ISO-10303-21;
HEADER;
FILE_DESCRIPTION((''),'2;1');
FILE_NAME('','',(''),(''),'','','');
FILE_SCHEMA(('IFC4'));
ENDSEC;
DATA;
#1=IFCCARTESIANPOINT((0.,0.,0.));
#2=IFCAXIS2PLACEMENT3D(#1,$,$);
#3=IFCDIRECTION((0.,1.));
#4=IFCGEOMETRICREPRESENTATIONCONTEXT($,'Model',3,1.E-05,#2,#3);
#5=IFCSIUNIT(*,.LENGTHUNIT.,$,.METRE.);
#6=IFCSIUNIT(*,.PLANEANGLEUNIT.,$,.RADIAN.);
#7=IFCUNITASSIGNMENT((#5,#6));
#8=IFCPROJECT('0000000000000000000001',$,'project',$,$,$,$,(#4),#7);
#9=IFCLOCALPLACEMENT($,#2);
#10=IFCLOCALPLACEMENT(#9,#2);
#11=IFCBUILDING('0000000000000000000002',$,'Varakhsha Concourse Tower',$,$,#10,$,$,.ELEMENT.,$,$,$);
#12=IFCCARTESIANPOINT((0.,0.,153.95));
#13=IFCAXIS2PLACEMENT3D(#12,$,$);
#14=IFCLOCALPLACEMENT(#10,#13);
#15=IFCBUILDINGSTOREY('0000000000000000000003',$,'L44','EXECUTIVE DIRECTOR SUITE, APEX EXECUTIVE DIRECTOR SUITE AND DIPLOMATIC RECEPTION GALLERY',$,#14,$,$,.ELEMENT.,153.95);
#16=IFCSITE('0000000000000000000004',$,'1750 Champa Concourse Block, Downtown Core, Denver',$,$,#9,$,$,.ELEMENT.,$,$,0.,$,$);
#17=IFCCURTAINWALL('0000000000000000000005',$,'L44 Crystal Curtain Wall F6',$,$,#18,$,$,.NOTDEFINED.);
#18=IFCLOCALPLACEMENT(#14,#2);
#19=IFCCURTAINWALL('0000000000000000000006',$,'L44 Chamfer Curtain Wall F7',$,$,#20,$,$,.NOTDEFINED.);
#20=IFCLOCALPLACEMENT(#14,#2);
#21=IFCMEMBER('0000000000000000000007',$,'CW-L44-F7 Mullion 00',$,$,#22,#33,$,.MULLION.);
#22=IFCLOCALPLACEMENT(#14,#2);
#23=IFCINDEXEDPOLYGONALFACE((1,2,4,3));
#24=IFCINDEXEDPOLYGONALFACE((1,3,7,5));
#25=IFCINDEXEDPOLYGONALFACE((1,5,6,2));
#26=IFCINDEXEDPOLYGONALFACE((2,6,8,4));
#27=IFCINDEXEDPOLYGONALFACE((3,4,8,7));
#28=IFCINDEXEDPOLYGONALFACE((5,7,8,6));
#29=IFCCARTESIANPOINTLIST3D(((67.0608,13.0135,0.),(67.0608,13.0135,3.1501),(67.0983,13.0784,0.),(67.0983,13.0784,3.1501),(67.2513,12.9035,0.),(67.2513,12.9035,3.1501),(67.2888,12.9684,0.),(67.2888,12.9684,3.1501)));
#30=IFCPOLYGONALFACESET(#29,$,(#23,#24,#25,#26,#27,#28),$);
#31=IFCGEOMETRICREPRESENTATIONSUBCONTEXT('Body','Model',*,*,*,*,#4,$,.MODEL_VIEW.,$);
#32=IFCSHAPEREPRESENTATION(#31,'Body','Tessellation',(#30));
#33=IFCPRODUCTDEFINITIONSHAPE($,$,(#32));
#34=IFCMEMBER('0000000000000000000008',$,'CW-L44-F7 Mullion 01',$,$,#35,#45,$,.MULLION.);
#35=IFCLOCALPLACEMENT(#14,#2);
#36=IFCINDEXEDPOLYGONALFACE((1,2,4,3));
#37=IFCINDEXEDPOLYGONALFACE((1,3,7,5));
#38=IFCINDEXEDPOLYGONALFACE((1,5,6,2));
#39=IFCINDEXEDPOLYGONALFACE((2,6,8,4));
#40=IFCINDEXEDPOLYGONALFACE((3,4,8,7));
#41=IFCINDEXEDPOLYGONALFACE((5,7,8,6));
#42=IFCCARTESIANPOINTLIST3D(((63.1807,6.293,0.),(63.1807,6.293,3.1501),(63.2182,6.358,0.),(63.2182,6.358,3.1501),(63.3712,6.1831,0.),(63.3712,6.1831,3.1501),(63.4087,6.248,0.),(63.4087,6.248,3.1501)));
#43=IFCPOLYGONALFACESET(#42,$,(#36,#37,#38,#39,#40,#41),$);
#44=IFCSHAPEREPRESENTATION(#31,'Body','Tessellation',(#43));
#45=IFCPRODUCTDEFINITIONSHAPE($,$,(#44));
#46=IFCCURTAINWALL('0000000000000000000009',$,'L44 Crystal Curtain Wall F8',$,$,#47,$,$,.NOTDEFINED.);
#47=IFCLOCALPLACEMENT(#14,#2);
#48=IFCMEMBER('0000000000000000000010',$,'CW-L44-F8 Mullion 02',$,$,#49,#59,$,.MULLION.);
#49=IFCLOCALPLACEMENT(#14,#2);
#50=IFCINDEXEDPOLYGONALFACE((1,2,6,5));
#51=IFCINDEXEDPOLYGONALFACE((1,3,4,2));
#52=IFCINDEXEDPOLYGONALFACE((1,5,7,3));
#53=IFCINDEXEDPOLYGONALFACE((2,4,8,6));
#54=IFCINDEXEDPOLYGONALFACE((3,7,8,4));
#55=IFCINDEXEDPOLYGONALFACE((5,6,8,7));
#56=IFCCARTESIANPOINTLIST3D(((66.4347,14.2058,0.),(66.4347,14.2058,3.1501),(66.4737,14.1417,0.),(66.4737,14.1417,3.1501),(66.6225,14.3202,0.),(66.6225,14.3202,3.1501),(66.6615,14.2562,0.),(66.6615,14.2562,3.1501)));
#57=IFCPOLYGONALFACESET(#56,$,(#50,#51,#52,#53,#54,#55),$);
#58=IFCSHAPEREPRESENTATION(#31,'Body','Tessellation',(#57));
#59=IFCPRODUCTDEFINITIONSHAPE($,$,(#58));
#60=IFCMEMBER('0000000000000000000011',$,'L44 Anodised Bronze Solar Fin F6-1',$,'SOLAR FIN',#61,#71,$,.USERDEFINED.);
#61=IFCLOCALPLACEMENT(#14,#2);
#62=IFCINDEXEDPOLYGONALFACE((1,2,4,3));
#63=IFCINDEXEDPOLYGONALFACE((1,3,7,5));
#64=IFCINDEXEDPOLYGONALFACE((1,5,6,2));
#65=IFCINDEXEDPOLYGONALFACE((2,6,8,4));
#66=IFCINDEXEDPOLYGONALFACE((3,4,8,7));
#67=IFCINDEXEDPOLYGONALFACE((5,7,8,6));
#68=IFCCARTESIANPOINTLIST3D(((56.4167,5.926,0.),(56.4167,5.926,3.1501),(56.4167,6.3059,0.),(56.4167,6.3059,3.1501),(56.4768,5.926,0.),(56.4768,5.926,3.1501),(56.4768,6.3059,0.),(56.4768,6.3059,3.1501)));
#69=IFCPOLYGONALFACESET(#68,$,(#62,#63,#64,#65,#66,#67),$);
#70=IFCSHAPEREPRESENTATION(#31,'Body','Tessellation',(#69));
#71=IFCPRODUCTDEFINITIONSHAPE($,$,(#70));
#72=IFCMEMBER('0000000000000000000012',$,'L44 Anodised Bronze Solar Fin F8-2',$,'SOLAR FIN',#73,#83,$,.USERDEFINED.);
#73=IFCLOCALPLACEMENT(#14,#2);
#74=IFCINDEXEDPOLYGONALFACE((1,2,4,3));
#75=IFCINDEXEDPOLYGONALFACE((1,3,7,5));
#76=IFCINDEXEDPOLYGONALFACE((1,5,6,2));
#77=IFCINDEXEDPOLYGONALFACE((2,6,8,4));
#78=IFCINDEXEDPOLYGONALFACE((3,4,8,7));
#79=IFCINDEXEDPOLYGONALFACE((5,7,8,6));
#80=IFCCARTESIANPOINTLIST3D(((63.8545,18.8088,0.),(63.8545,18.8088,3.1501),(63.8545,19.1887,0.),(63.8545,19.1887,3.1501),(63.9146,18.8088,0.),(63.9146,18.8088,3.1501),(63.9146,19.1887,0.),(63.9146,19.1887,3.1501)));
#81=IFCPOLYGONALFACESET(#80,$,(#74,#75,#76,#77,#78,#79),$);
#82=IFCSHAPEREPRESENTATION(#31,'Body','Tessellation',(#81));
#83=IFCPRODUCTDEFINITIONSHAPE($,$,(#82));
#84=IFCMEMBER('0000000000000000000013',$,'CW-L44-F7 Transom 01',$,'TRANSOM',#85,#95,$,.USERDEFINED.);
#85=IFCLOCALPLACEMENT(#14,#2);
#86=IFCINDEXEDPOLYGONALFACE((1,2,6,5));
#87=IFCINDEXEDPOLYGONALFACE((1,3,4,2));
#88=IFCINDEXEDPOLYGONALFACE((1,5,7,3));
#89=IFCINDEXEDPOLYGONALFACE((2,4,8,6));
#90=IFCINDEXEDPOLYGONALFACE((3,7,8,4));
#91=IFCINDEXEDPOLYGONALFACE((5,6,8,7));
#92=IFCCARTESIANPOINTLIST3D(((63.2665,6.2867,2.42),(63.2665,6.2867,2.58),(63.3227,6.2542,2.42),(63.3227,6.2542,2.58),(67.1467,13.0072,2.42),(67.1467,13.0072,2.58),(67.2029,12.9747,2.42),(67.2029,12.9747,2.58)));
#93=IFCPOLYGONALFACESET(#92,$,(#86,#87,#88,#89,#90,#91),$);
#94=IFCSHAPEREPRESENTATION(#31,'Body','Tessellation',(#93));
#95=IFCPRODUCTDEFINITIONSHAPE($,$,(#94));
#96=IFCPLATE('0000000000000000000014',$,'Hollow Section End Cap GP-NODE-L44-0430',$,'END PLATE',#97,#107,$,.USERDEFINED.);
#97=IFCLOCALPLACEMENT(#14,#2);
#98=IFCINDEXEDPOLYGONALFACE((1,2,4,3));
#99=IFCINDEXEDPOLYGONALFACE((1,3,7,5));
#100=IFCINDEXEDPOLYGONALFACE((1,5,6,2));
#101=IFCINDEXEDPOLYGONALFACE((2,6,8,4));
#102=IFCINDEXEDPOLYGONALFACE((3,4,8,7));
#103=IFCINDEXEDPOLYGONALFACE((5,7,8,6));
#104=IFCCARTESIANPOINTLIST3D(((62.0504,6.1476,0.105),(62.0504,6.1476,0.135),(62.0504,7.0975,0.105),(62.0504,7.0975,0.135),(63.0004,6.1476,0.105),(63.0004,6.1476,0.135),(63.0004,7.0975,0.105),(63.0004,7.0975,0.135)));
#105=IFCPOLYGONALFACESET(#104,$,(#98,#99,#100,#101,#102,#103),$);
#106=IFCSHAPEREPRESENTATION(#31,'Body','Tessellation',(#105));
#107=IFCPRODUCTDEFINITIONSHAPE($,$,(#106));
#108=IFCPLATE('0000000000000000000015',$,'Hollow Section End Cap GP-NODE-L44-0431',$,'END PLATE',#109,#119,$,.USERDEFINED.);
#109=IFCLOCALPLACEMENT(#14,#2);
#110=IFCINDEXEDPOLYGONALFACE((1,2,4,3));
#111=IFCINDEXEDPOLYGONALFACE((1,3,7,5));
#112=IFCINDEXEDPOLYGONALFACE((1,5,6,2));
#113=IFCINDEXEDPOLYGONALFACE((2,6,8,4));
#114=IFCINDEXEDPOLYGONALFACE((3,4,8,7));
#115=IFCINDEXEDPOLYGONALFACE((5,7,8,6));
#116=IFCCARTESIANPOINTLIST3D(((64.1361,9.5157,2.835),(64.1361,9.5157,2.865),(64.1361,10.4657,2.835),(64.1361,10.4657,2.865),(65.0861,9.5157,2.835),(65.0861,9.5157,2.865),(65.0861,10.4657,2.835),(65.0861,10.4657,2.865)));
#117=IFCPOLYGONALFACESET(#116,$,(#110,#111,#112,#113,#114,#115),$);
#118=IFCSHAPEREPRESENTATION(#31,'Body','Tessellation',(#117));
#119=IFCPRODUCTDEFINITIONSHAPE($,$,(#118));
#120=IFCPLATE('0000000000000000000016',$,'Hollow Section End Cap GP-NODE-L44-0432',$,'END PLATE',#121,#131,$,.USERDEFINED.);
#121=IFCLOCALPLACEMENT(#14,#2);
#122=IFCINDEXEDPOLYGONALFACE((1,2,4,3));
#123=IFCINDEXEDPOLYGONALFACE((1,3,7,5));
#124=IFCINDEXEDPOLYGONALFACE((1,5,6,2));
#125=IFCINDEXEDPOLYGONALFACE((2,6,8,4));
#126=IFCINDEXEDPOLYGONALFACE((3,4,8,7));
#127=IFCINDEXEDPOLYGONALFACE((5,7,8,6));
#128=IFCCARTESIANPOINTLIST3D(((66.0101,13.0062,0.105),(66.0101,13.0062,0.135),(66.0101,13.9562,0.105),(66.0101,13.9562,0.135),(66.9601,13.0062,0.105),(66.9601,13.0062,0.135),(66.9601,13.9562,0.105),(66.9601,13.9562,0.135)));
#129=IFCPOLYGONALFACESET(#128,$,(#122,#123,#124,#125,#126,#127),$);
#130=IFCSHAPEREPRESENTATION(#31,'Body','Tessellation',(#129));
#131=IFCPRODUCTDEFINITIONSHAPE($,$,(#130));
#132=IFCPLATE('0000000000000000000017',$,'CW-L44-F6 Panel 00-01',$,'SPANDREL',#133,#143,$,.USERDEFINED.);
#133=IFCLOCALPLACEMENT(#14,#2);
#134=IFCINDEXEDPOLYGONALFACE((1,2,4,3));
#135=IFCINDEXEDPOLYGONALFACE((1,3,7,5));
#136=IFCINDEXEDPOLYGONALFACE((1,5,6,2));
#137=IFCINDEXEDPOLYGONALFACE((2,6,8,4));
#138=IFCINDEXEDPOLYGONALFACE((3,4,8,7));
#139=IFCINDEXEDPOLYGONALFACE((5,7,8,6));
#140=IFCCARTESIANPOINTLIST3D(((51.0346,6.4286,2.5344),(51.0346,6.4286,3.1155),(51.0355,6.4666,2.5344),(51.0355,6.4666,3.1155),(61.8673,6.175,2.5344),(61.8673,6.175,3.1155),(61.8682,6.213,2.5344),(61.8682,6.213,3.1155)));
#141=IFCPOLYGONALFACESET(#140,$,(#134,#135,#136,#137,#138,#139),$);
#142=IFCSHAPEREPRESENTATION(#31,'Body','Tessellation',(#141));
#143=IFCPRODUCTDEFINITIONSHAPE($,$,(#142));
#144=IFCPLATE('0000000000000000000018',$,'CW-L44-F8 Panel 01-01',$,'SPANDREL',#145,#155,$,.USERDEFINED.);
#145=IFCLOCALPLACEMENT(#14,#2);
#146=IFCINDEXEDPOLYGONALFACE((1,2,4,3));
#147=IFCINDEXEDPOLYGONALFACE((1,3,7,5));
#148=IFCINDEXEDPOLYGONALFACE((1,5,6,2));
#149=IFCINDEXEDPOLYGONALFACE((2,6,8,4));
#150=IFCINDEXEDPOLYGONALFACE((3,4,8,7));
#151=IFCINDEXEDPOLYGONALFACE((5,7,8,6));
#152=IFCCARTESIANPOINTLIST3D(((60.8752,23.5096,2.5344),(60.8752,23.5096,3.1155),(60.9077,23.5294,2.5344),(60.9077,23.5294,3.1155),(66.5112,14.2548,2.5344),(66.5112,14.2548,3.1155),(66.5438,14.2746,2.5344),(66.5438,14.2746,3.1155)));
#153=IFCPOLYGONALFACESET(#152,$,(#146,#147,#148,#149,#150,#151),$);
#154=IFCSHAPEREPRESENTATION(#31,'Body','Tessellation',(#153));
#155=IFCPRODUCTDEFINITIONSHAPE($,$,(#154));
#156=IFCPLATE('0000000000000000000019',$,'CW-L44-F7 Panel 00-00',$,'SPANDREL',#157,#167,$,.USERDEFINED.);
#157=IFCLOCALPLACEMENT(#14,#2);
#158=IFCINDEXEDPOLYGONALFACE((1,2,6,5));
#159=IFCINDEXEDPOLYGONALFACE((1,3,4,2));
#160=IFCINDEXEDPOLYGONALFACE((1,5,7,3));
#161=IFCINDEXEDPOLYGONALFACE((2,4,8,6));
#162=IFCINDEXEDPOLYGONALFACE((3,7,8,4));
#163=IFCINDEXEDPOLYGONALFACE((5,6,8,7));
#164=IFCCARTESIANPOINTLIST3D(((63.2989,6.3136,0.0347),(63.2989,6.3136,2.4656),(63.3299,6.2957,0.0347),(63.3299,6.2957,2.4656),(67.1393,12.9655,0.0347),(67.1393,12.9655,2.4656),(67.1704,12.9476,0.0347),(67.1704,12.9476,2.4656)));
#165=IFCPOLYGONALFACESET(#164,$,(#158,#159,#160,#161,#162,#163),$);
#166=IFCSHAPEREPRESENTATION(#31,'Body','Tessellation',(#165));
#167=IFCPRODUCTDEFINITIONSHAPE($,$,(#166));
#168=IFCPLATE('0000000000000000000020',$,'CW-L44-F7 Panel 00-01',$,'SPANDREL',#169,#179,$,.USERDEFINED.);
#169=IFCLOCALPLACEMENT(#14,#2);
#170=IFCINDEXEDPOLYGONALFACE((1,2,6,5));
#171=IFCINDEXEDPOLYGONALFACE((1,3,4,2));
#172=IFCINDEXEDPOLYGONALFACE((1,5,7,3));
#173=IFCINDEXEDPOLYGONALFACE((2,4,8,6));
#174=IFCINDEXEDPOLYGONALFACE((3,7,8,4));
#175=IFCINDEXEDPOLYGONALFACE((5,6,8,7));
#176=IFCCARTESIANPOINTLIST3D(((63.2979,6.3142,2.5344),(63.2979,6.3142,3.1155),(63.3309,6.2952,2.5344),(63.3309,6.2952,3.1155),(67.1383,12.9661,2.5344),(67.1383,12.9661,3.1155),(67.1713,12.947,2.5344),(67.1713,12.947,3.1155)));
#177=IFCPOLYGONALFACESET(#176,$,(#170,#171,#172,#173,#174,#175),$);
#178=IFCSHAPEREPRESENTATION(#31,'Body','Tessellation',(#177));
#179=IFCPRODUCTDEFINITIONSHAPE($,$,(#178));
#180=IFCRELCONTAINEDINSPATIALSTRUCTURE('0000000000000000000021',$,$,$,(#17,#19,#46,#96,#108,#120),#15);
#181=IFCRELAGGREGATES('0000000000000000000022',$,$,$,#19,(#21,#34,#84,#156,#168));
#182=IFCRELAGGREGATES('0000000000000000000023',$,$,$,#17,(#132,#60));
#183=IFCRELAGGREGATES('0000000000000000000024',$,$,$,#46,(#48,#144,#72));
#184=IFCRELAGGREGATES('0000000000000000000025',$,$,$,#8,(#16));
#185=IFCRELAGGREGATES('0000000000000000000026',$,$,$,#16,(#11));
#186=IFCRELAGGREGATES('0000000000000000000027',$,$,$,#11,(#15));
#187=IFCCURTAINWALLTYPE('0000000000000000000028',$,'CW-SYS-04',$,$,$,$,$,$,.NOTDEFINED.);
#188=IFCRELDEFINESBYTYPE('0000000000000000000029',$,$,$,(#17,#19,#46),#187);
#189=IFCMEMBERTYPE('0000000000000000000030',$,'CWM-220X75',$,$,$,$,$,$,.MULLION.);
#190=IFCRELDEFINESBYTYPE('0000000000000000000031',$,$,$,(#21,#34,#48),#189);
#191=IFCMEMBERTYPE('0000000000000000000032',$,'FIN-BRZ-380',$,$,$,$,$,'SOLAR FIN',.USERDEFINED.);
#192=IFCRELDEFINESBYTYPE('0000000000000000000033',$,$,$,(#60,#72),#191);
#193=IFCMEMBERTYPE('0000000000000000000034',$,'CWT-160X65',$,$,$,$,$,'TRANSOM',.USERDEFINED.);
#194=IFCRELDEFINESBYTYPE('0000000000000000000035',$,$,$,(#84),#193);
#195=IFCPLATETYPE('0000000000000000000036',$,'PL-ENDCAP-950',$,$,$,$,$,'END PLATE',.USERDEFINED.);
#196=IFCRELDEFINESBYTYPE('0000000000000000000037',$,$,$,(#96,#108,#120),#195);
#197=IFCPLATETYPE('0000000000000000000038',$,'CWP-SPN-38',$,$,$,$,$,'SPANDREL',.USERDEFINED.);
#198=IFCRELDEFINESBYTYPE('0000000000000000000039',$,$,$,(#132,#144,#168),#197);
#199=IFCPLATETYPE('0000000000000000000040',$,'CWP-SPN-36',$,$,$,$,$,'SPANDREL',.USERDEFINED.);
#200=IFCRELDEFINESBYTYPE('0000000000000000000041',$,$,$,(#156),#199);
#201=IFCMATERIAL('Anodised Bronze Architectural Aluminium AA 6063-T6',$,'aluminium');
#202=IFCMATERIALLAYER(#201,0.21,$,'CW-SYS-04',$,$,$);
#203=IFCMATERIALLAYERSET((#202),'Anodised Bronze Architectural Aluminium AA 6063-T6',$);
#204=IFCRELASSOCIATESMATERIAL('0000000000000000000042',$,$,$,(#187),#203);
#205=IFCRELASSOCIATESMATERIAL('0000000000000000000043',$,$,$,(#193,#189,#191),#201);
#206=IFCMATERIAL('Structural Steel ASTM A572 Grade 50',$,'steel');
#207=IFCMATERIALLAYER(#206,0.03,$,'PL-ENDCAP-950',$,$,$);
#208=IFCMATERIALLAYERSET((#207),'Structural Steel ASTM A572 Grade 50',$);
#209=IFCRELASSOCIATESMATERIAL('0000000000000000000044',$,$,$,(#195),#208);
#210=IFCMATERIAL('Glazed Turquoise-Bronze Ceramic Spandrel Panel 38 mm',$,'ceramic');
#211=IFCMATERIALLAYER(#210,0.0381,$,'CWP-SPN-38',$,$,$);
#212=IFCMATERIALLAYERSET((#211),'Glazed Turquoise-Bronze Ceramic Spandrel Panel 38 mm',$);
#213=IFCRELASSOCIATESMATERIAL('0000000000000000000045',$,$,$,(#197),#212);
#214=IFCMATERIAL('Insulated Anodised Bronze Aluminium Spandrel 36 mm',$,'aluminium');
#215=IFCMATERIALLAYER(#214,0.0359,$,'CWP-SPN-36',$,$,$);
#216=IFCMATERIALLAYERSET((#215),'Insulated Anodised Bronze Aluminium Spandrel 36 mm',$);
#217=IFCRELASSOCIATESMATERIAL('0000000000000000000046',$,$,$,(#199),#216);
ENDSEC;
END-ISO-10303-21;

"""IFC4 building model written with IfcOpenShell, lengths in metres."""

from ifc_helpers import new_model, si_unit, direction, frame, origin, origin_2d, place, context, subcontext, project, spatial, rectangle, extrude, source, transform, mapped, material, layer, layer_set, material_profile, profile_set, type_object, type_shapes, element, aggregate, save


model = new_model("IFC4")

# Units and contexts
model_context = context("Model", 3, precision=1e-05, world=origin(), true_north=direction((0.0, 1.0)))
body_context = subcontext(model_context, "Body", "Model", "MODEL_VIEW")
ifc_project = project(units=[si_unit("LENGTHUNIT", "METRE"), si_unit("PLANEANGLEUNIT", "RADIAN")], contexts=[model_context])

# Site, building, storey
site_placement = place(None, origin())
site = spatial("IfcSite", under=ifc_project, at=site_placement, Name="1750 Champa Concourse Block, Downtown Core, Denver", CompositionType="ELEMENT", RefElevation=0.0)
building_placement = place(site_placement, origin())
building = spatial("IfcBuilding", under=site, at=building_placement, Name="Varakhsha Concourse Tower", CompositionType="ELEMENT")
storey_placement = place(building_placement, frame((0.0, 0.0, 153.95)))
storey = spatial("IfcBuildingStorey", under=building, at=storey_placement, Name="L44", Description="EXECUTIVE DIRECTOR SUITE, APEX EXECUTIVE DIRECTOR SUITE AND DIPLOMATIC RECEPTION GALLERY", CompositionType="ELEMENT", Elevation=153.95)

# Shared definitions
ifc_material_1 = material(Name="Structural Steel ASTM A572 Grade 50", Category="steel")

# Curtain walls, members
ifc_material_2 = material(Name="Anodised Bronze Architectural Aluminium AA 6063-T6", Category="aluminium")
ifc_layer_1 = layer(ifc_material_2, 0.21, Name="CW-SYS-04")
ifc_layer_set_1 = layer_set([ifc_layer_1], Name="Anodised Bronze Architectural Aluminium AA 6063-T6")
curtain_wall_type = type_object("IfcCurtainWallType", Name="CW-SYS-04", PredefinedType="NOTDEFINED", material=ifc_layer_set_1)
curtain_wall_1_placement = place(storey_placement, origin())
curtain_wall_1 = element("IfcCurtainWall", 1, at=curtain_wall_1_placement, inside=storey, type_object=curtain_wall_type, Name="L44 Crystal Curtain Wall F6", PredefinedType="NOTDEFINED")
ifc_material_profile_1 = material_profile(ifc_material_2, rectangle(XDim=0.0649, YDim=0.1599, at=origin_2d()), Name="CWT-160X65")
ifc_profile_set_1 = profile_set([ifc_material_profile_1], Name="Anodised Bronze Architectural Aluminium AA 6063-T6")
member_type_1 = type_object("IfcMemberType", Name="CWT-160X65", ElementType="TRANSOM", PredefinedType="USERDEFINED", material=ifc_profile_set_1)
ifc_material_profile_2 = material_profile(ifc_material_2, rectangle(XDim=0.075, YDim=0.22, at=origin_2d()), Name="CWM-220X75")
ifc_profile_set_2 = profile_set([ifc_material_profile_2], Name="Anodised Bronze Architectural Aluminium AA 6063-T6")
member_type_2 = type_object("IfcMemberType", Name="CWM-220X75", PredefinedType="MULLION", material=ifc_profile_set_2)
shared_shape_1 = source(origin(), body_context, "Body", "SweptSolid", [
    extrude(rectangle(XDim=0.075, YDim=0.22, at=origin_2d()), origin(), (0.0, 0.0, 1.0), 3.1501),
])
type_shapes(member_type_2, [shared_shape_1])
curtain_wall_2_placement = place(storey_placement, origin())
curtain_wall_2 = element("IfcCurtainWall", 2, at=curtain_wall_2_placement, inside=storey, type_object=curtain_wall_type, Name="L44 Chamfer Curtain Wall F7", PredefinedType="NOTDEFINED")
member_1_placement = place(storey_placement, frame((67.1748, 12.991, 0.0), z_axis=(0.0, 0.0, 1.0), x_axis=(-0.499997, -0.866027, 0.0)))
member_1 = element("IfcMember", 3, at=member_1_placement, type_object=member_type_2, Name="CW-L44-F7 Mullion 00", PredefinedType="MULLION", context=body_context, shape_type="MappedRepresentation", body=[
    mapped(shared_shape_1, transform((0.0, 0.0, 0.0), scale=1.0)),
])
member_2_placement = place(storey_placement, frame((63.2947, 6.2705, 0.0), z_axis=(0.0, 0.0, 1.0), x_axis=(-0.499997, -0.866027, 0.0)))
member_2 = element("IfcMember", 4, at=member_2_placement, type_object=member_type_2, Name="CW-L44-F7 Mullion 01", PredefinedType="MULLION", context=body_context, shape_type="MappedRepresentation", body=[
    mapped(shared_shape_1, transform((0.0, 0.0, 0.0), scale=1.0)),
])

# Curtain wall, member
curtain_wall_3_placement = place(storey_placement, origin())
curtain_wall_3 = element("IfcCurtainWall", 5, at=curtain_wall_3_placement, inside=storey, type_object=curtain_wall_type, Name="L44 Crystal Curtain Wall F8", PredefinedType="NOTDEFINED")
member_3_placement = place(storey_placement, frame((66.5481, 14.231, 0.0), z_axis=(0.0, 0.0, 1.0), x_axis=(0.520126, -0.85409, 0.0)))
member_3 = element("IfcMember", 6, at=member_3_placement, type_object=member_type_2, Name="CW-L44-F8 Mullion 02", PredefinedType="MULLION", context=body_context, shape_type="MappedRepresentation", body=[
    mapped(shared_shape_1, transform((0.0, 0.0, 0.0), scale=1.0)),
])

# Members
ifc_material_profile_3 = material_profile(ifc_material_2, rectangle(XDim=0.0601, YDim=0.3799, at=origin_2d()), Name="FIN-BRZ-380")
ifc_profile_set_3 = profile_set([ifc_material_profile_3], Name="Anodised Bronze Architectural Aluminium AA 6063-T6")
member_type_3 = type_object("IfcMemberType", Name="FIN-BRZ-380", ElementType="SOLAR FIN", PredefinedType="USERDEFINED", material=ifc_profile_set_3)
shared_shape_2 = source(origin(), body_context, "Body", "SweptSolid", [
    extrude(rectangle(XDim=0.0601, YDim=0.3799, at=origin_2d()), origin(), (0.0, 0.0, 1.0), 3.1501),
])
type_shapes(member_type_3, [shared_shape_2])
member_4_placement = place(storey_placement, frame((56.4468, 6.116, 0.0), z_axis=(0.0, 0.0, 1.0), x_axis=(1.0, 0.0, 0.0)))
member_4 = element("IfcMember", 7, at=member_4_placement, type_object=member_type_3, Name="L44 Anodised Bronze Solar Fin F6-1", ObjectType="SOLAR FIN", PredefinedType="USERDEFINED", context=body_context, shape_type="MappedRepresentation", body=[
    mapped(shared_shape_2, transform((0.0, 0.0, 0.0), scale=1.0)),
])
member_5_placement = place(storey_placement, frame((63.8845, 18.9988, 0.0), z_axis=(0.0, 0.0, 1.0), x_axis=(1.0, 0.0, 0.0)))
member_5 = element("IfcMember", 8, at=member_5_placement, type_object=member_type_3, Name="L44 Anodised Bronze Solar Fin F8-2", ObjectType="SOLAR FIN", PredefinedType="USERDEFINED", context=body_context, shape_type="MappedRepresentation", body=[
    mapped(shared_shape_2, transform((0.0, 0.0, 0.0), scale=1.0)),
])
shared_shape_3 = source(origin(), body_context, "Body", "SweptSolid", [
    extrude(rectangle(XDim=0.0649, YDim=0.1599, at=origin_2d()), origin(), (0.0, 0.0, 1.0), 7.7603),
])
member_6_placement = place(storey_placement, frame((67.1748, 12.991, 2.5), z_axis=(-0.500007, -0.866022, 0.0), x_axis=(0.866022, -0.500007, 0.0)))
member_6 = element("IfcMember", 9, at=member_6_placement, type_object=member_type_1, Name="CW-L44-F7 Transom 01", ObjectType="TRANSOM", PredefinedType="USERDEFINED", context=body_context, shape_type="MappedRepresentation", body=[
    mapped(shared_shape_3, transform((0.0, 0.0, 0.0), scale=1.0)),
])

# Plates
ifc_layer_2 = layer(ifc_material_1, 0.03, Name="PL-ENDCAP-950")
ifc_layer_set_2 = layer_set([ifc_layer_2], Name="Structural Steel ASTM A572 Grade 50")
plate_type_1 = type_object("IfcPlateType", Name="PL-ENDCAP-950", ElementType="END PLATE", PredefinedType="USERDEFINED", material=ifc_layer_set_2)
shared_shape_4 = source(origin(), body_context, "Body", "SweptSolid", [
    extrude(rectangle(XDim=0.95, YDim=0.95, at=origin_2d()), origin(), (0.0, 0.0, 1.0), 0.03),
])
type_shapes(plate_type_1, [shared_shape_4])
for number, where, z_axis, x_axis, name in (
    (10, (62.5254, 6.6226, 0.105), (0.0, 0.0, 1.0), (1.0, 0.0, 0.0), "Hollow Section End Cap GP-NODE-L44-0430"),
    (11, (64.6111, 9.9907, 2.835), (0.0, 0.0, 1.0), (1.0, 0.0, 0.0), "Hollow Section End Cap GP-NODE-L44-0431"),
    (12, (66.4851, 13.4812, 0.105), (0.0, 0.0, 1.0), (1.0, 0.0, 0.0), "Hollow Section End Cap GP-NODE-L44-0432"),
):
    element("IfcPlate", number, at=place(storey_placement, frame(where, z_axis=z_axis, x_axis=x_axis)), inside=storey, type_object=plate_type_1, Name=name, ObjectType="END PLATE", PredefinedType="USERDEFINED", context=body_context, shape_type="MappedRepresentation", body=[
        mapped(shared_shape_4, transform((0.0, 0.0, 0.0), scale=1.0)),
    ])

# Plates
ifc_material_3 = material(Name="Glazed Turquoise-Bronze Ceramic Spandrel Panel 38 mm", Category="ceramic")
ifc_layer_3 = layer(ifc_material_3, 0.0381, Name="CWP-SPN-38")
ifc_layer_set_3 = layer_set([ifc_layer_3], Name="Glazed Turquoise-Bronze Ceramic Spandrel Panel 38 mm")
plate_type_2 = type_object("IfcPlateType", Name="CWP-SPN-38", ElementType="SPANDREL", PredefinedType="USERDEFINED", material=ifc_layer_set_3)
shared_shape_5 = source(origin(), body_context, "Body", "SweptSolid", [
    extrude(rectangle(XDim=10.8357, YDim=0.0381, at=origin_2d()), origin(), (0.0, 0.0, 1.0), 0.5811),
])
plate_1_placement = place(storey_placement, frame((56.4514, 6.3208, 2.5344), z_axis=(0.0, 0.0, 1.0), x_axis=(-0.999726, 0.023404, 0.0)))
plate_1 = element("IfcPlate", 13, at=plate_1_placement, type_object=plate_type_2, Name="CW-L44-F6 Panel 00-01", ObjectType="SPANDREL", PredefinedType="USERDEFINED", context=body_context, shape_type="MappedRepresentation", body=[
    mapped(shared_shape_5, transform((0.0, 0.0, 0.0), scale=1.0)),
])
shared_shape_6 = source(origin(), body_context, "Body", "SweptSolid", [
    extrude(rectangle(XDim=10.8359, YDim=0.0381, at=origin_2d()), origin(), (0.0, 0.0, 1.0), 0.5811),
])
plate_2_placement = place(storey_placement, frame((63.7095, 18.8921, 2.5344), z_axis=(0.0, 0.0, 1.0), x_axis=(0.520126, -0.85409, 0.0)))
plate_2 = element("IfcPlate", 14, at=plate_2_placement, type_object=plate_type_2, Name="CW-L44-F8 Panel 01-01", ObjectType="SPANDREL", PredefinedType="USERDEFINED", context=body_context, shape_type="MappedRepresentation", body=[
    mapped(shared_shape_6, transform((0.0, 0.0, 0.0), scale=1.0)),
])
ifc_material_4 = material(Name="Insulated Anodised Bronze Aluminium Spandrel 36 mm", Category="aluminium")
ifc_layer_4 = layer(ifc_material_4, 0.0359, Name="CWP-SPN-36")
ifc_layer_set_4 = layer_set([ifc_layer_4], Name="Insulated Anodised Bronze Aluminium Spandrel 36 mm")
plate_type_3 = type_object("IfcPlateType", Name="CWP-SPN-36", ElementType="SPANDREL", PredefinedType="USERDEFINED", material=ifc_layer_set_4)
shared_shape_7 = source(origin(), body_context, "Body", "SweptSolid", [
    extrude(rectangle(XDim=7.6809, YDim=0.0359, at=origin_2d()), origin(), (0.0, 0.0, 1.0), 2.4309),
])
type_shapes(plate_type_3, [shared_shape_7])
plate_3_placement = place(storey_placement, frame((65.2346, 9.6306, 0.0347), z_axis=(0.0, 0.0, 1.0), x_axis=(-0.499997, -0.866027, 0.0)))
plate_3 = element("IfcPlate", 15, at=plate_3_placement, type_object=plate_type_3, Name="CW-L44-F7 Panel 00-00", ObjectType="SPANDREL", PredefinedType="USERDEFINED", context=body_context, shape_type="MappedRepresentation", body=[
    mapped(shared_shape_7, transform((0.0, 0.0, 0.0), scale=1.0)),
])
shared_shape_8 = source(origin(), body_context, "Body", "SweptSolid", [
    extrude(rectangle(XDim=7.6809, YDim=0.0381, at=origin_2d()), origin(), (0.0, 0.0, 1.0), 0.5811),
])
type_shapes(plate_type_2, [shared_shape_5, shared_shape_6, shared_shape_8])
plate_4_placement = place(storey_placement, frame((65.2346, 9.6306, 2.5344), z_axis=(0.0, 0.0, 1.0), x_axis=(-0.499997, -0.866027, 0.0)))
plate_4 = element("IfcPlate", 16, at=plate_4_placement, type_object=plate_type_2, Name="CW-L44-F7 Panel 00-01", ObjectType="SPANDREL", PredefinedType="USERDEFINED", context=body_context, shape_type="MappedRepresentation", body=[
    mapped(shared_shape_8, transform((0.0, 0.0, 0.0), scale=1.0)),
])
aggregate(curtain_wall_2, [member_1, member_2, member_6, plate_3, plate_4])
aggregate(curtain_wall_1, [plate_1, member_4])
aggregate(curtain_wall_3, [member_3, plate_2, member_5])

save(model, "model.ifc")
